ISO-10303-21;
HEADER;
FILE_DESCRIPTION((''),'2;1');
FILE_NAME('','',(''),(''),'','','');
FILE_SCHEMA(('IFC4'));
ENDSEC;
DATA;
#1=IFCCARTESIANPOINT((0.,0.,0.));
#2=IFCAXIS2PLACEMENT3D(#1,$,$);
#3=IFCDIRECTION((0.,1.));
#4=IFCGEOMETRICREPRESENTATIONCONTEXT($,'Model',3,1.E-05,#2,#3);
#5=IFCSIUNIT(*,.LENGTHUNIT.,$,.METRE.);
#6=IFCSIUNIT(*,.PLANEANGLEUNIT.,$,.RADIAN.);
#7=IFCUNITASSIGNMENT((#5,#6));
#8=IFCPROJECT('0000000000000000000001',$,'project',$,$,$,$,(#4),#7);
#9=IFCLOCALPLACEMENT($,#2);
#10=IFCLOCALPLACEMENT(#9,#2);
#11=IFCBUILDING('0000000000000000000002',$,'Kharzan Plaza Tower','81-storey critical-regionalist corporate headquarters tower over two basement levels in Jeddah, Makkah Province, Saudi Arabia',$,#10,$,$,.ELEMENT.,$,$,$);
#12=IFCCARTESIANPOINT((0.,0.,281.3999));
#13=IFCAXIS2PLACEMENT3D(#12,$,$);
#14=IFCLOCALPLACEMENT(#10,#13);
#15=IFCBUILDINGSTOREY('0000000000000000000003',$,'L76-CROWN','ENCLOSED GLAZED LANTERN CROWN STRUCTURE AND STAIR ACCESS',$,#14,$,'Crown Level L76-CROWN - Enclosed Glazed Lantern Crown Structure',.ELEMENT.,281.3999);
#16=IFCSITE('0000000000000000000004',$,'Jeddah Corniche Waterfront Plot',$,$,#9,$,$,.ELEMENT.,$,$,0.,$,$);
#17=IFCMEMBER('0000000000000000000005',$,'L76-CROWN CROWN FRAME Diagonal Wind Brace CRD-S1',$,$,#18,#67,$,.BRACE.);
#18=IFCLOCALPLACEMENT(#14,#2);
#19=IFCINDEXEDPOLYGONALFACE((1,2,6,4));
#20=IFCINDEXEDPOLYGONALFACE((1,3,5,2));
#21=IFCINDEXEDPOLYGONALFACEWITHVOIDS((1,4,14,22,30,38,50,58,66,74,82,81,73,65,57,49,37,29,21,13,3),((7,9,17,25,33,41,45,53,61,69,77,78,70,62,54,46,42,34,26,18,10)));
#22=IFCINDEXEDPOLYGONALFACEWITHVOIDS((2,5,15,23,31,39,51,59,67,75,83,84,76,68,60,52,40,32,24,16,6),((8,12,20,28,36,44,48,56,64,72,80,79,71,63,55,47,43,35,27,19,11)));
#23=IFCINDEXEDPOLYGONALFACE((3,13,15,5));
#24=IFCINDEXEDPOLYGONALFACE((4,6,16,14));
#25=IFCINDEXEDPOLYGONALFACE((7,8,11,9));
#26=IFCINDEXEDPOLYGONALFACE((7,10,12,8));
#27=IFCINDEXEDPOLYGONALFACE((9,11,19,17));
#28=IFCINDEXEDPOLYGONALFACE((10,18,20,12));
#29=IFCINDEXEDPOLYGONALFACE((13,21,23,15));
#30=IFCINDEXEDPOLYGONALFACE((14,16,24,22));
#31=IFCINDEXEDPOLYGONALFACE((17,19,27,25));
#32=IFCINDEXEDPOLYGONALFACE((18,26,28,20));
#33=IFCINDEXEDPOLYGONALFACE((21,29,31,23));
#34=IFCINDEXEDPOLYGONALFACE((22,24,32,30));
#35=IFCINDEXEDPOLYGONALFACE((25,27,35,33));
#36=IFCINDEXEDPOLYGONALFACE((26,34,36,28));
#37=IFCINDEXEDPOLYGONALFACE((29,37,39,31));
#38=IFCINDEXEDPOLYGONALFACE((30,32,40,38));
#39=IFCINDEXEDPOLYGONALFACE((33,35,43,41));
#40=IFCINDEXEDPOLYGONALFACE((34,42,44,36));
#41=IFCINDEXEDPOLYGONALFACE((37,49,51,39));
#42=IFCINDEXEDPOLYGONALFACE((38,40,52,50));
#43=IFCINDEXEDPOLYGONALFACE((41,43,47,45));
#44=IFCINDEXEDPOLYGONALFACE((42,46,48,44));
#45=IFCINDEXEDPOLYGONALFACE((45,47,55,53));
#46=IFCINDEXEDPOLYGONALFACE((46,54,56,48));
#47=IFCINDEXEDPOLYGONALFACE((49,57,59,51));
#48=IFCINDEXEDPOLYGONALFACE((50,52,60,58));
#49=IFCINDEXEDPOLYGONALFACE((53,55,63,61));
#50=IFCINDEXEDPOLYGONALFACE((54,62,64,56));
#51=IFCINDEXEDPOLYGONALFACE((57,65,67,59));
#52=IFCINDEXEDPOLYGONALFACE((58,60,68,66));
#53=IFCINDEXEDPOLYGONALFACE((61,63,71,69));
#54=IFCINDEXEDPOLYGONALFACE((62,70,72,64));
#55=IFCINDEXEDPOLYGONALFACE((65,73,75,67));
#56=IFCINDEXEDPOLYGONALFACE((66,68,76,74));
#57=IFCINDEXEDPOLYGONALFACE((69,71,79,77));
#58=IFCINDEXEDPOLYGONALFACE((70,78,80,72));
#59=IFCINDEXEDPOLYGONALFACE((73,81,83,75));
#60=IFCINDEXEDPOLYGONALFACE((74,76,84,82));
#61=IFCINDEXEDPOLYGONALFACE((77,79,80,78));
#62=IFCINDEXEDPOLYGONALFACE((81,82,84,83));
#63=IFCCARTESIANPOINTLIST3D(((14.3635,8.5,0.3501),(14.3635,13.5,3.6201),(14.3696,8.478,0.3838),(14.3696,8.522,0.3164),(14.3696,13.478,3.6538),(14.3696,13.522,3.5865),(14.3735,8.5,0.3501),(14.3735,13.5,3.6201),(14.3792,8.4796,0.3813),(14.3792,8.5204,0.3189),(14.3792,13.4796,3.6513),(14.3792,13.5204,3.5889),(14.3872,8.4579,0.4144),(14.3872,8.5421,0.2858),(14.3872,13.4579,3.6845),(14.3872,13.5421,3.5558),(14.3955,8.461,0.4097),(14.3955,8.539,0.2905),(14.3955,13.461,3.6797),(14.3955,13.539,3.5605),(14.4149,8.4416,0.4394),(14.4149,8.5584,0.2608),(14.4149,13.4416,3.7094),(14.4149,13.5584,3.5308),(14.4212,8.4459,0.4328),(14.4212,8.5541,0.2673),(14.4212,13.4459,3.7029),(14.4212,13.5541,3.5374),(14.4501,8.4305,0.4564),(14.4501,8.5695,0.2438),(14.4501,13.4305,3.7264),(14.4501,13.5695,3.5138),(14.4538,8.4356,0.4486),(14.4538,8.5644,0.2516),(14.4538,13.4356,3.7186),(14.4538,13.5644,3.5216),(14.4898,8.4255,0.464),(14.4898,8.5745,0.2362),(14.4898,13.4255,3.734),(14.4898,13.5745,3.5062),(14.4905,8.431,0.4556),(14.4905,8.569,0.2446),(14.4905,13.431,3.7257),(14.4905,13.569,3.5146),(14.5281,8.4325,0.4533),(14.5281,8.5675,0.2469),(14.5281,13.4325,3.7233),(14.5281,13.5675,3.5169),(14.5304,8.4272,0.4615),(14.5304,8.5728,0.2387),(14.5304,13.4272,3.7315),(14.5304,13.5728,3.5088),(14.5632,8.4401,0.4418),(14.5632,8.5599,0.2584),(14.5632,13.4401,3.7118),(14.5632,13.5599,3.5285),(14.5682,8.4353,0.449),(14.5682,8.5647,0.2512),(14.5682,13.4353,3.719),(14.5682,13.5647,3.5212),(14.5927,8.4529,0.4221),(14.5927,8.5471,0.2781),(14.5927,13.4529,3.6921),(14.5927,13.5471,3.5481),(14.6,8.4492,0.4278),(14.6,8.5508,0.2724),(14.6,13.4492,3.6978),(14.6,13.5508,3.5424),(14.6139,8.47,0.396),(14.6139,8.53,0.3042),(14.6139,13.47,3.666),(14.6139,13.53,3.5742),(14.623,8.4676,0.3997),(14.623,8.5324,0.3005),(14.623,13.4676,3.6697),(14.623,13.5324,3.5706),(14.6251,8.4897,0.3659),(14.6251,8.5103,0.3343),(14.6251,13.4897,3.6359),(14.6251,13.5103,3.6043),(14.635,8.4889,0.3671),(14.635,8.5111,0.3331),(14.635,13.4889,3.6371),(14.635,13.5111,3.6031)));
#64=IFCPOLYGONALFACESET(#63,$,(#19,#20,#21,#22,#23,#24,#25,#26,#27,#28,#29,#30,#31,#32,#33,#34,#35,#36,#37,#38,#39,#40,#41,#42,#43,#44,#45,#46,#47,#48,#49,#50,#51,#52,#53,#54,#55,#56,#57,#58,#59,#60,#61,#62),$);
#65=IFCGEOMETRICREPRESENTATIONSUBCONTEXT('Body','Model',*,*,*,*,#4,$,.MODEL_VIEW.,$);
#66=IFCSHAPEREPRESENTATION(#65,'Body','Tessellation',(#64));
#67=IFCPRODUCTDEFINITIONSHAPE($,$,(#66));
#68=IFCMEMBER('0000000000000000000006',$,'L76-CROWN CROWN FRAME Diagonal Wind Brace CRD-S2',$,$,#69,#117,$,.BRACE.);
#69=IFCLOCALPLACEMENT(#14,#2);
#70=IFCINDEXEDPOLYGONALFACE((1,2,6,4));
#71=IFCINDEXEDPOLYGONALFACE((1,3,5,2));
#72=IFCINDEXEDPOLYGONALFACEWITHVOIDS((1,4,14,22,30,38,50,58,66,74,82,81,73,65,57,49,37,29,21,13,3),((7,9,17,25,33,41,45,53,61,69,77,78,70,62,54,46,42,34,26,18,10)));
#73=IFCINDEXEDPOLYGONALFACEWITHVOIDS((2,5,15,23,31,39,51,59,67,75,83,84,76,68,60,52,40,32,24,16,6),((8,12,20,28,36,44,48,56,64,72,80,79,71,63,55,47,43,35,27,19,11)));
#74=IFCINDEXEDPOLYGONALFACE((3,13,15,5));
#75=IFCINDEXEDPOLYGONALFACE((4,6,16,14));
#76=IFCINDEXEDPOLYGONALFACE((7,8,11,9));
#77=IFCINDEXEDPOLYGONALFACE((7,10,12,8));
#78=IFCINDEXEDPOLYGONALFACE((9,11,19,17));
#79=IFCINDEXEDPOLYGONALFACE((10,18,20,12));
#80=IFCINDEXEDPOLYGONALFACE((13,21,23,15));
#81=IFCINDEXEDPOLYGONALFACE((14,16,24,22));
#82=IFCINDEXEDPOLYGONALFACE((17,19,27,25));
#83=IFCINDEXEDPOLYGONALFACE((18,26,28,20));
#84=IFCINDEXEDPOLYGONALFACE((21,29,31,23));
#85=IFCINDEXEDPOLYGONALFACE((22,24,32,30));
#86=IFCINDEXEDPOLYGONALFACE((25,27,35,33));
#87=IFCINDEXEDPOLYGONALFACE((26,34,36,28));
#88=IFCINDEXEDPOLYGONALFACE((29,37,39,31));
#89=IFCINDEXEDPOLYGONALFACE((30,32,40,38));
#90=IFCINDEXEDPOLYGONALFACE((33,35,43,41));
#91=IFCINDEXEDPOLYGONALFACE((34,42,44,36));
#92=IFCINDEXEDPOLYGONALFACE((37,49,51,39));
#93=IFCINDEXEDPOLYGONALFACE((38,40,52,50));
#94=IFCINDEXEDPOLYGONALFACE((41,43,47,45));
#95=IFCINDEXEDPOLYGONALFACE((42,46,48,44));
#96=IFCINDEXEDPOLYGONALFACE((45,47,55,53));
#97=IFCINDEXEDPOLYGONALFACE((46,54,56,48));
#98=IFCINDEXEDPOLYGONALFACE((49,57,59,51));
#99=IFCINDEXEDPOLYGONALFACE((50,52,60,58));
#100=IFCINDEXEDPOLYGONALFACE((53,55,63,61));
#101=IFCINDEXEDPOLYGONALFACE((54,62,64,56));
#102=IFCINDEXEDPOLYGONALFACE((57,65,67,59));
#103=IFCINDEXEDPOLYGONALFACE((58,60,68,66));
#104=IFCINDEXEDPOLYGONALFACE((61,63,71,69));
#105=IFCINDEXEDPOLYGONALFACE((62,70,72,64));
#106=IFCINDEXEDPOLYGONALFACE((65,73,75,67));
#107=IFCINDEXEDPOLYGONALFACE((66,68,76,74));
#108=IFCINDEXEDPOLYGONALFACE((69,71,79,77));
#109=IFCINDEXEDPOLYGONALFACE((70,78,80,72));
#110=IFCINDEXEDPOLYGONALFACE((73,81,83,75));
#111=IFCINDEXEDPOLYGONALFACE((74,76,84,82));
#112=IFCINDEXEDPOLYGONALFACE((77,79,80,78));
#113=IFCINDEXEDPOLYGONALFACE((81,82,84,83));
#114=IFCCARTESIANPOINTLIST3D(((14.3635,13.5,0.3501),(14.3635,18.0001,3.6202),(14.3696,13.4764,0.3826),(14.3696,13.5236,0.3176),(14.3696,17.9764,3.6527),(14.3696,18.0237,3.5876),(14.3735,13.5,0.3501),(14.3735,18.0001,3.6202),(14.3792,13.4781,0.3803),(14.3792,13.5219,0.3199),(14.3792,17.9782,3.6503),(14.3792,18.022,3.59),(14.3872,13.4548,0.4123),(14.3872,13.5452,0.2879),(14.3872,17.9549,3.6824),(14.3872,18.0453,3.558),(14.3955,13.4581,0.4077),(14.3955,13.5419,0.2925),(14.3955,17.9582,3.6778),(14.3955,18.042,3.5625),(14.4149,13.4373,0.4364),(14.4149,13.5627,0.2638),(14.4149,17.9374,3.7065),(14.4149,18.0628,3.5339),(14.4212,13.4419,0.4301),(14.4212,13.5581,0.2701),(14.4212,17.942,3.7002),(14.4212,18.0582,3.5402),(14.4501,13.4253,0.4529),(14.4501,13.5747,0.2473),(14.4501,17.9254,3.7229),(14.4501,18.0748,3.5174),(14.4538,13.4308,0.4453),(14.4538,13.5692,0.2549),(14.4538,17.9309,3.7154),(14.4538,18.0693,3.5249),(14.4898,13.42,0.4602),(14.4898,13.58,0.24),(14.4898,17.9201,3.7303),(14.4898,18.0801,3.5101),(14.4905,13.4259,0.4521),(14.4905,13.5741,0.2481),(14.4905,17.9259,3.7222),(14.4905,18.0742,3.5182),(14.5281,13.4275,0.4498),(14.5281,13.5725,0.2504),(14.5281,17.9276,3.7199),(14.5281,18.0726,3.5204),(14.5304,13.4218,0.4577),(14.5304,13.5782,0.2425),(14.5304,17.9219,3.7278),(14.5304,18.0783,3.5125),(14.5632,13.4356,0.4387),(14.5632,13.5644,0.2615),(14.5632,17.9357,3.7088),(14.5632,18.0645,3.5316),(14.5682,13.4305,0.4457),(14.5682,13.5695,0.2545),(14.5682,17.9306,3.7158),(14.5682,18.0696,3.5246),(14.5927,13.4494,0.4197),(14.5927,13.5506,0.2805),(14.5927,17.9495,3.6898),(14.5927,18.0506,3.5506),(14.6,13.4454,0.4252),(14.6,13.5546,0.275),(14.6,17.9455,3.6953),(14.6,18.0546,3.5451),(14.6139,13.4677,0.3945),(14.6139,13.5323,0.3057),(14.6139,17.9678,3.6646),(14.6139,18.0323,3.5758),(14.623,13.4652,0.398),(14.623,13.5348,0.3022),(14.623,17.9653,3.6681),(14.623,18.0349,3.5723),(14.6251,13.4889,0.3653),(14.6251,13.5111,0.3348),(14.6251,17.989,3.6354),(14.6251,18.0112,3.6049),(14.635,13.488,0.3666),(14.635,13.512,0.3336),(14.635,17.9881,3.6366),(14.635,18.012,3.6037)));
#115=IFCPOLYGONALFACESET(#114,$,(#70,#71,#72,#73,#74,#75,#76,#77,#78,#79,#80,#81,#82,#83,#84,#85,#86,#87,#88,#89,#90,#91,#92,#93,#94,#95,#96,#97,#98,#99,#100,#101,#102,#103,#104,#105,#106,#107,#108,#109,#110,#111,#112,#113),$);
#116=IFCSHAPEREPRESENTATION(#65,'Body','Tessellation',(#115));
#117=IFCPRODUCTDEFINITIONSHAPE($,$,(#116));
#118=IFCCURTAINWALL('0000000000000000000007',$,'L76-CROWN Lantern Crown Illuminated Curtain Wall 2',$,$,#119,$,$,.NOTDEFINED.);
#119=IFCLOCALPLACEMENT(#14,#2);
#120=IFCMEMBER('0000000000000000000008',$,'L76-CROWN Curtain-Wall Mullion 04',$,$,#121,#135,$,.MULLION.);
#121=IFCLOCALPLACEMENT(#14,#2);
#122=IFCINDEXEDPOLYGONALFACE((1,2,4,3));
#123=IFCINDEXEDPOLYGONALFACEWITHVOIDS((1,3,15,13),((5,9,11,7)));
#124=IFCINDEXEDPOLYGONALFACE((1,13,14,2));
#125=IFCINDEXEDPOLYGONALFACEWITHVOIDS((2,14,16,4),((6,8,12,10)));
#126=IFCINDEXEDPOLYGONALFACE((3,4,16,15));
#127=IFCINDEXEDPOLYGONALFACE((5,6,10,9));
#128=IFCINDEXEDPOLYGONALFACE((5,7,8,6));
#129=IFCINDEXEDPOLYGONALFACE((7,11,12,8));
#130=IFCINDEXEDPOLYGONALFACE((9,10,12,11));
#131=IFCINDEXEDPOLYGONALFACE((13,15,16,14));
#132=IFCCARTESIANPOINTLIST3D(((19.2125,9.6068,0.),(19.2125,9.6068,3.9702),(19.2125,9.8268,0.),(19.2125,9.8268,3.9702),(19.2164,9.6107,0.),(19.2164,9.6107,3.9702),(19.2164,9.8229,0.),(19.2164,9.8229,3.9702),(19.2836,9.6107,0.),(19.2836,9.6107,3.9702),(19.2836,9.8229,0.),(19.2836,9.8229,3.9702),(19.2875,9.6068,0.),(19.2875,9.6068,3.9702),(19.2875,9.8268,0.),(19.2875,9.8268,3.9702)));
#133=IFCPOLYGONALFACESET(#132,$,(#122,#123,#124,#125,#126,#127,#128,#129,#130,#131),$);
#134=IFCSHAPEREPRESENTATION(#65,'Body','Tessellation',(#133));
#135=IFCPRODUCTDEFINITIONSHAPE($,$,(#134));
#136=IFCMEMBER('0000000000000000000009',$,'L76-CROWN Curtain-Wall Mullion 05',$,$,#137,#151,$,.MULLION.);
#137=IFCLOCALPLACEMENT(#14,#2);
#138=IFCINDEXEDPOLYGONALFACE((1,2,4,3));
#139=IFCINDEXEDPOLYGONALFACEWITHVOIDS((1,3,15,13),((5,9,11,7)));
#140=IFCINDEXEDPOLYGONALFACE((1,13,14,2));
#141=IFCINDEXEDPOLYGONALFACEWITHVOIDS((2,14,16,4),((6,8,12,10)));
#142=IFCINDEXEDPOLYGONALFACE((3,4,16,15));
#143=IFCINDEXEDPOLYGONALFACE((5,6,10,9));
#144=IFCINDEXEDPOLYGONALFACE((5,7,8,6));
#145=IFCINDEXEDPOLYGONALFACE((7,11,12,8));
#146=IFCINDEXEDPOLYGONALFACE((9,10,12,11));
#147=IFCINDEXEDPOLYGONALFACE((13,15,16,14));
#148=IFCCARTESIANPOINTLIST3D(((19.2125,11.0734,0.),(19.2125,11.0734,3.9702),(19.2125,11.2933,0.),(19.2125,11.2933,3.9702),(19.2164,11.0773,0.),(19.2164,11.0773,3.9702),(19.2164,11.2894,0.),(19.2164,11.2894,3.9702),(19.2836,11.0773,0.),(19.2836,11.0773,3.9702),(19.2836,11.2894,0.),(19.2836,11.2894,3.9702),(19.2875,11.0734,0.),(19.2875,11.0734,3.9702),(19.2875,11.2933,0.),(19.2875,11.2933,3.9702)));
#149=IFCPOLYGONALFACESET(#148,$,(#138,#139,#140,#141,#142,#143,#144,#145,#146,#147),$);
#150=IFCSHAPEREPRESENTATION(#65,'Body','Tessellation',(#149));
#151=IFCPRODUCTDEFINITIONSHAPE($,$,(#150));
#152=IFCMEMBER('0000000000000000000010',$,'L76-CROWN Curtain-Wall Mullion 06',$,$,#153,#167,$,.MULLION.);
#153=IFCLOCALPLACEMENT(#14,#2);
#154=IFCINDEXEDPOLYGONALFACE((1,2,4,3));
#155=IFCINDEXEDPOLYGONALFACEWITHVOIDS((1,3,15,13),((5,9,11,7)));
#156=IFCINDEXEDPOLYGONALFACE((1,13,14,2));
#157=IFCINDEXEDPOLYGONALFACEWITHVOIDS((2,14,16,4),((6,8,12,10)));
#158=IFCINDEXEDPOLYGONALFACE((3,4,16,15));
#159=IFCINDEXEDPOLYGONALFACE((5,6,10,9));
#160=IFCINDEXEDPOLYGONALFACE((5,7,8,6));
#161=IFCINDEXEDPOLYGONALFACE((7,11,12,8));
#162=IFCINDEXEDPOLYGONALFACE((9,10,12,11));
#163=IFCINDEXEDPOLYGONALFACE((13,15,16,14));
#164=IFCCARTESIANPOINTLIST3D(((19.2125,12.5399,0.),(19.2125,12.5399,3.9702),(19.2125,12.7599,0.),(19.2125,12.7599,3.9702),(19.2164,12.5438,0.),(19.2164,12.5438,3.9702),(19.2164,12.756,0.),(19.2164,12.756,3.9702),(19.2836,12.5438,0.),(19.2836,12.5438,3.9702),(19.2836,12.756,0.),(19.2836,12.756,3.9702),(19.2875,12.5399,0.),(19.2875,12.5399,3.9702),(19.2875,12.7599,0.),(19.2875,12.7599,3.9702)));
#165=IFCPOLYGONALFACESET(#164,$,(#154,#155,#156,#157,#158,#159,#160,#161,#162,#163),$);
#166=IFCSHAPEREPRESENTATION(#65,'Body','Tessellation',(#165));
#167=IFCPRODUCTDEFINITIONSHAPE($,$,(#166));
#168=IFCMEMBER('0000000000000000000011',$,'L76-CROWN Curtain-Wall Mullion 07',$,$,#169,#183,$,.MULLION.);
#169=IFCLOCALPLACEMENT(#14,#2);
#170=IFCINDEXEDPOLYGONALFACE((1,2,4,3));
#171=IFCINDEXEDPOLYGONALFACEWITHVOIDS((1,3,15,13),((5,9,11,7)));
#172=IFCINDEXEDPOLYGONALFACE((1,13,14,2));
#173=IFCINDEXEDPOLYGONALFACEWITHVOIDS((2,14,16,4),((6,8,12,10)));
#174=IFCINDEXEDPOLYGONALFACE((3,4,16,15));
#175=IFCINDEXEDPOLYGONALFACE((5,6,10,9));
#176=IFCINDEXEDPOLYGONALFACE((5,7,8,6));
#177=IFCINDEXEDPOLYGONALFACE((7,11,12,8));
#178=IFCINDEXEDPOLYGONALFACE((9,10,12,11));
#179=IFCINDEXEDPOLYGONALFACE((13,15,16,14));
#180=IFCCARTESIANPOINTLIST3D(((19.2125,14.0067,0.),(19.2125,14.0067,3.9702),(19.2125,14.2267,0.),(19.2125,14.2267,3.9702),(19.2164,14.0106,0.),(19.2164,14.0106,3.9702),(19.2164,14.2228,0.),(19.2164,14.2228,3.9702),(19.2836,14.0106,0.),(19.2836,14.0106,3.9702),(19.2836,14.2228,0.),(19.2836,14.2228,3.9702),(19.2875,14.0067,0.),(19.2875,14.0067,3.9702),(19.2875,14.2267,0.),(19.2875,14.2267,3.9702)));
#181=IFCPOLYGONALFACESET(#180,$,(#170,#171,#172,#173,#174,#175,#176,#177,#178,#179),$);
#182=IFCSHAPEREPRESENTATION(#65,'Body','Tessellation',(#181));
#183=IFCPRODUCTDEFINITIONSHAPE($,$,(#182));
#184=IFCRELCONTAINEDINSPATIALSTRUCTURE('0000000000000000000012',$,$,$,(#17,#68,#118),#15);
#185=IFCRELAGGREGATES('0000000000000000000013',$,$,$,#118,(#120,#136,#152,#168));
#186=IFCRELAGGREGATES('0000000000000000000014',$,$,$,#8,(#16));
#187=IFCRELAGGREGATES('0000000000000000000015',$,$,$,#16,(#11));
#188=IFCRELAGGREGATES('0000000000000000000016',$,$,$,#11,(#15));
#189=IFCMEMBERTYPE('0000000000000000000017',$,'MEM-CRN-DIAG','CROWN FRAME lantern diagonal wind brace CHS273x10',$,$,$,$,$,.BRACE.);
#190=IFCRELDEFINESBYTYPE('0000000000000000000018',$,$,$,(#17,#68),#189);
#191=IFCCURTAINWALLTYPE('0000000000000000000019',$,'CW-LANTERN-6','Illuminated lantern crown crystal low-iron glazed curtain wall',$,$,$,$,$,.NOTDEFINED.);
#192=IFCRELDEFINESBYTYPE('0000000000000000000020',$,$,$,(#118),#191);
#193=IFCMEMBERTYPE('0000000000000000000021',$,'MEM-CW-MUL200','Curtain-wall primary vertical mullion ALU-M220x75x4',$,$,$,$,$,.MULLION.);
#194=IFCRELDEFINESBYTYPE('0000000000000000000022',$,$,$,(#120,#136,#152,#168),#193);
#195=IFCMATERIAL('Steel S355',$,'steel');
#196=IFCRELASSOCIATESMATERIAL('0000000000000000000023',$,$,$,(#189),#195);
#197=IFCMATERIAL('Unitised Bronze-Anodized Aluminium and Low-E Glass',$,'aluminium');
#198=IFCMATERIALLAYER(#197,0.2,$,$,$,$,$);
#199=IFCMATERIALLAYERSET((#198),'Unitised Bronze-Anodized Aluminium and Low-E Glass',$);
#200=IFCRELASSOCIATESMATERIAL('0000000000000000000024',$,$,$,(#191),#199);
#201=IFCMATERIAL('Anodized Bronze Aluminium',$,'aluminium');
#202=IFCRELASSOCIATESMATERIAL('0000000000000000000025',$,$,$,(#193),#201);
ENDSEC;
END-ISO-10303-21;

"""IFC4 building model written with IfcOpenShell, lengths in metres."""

from ifc_helpers import new_model, si_unit, direction, frame, origin, origin_2d, place, context, subcontext, project, spatial, hollow_rectangle, hollow_circle, extrude, source, transform, mapped, material, layer, layer_set, material_profile, profile_set, type_object, element, aggregate, save


model = new_model("IFC4")

# Units and contexts
model_context = context("Model", 3, precision=1e-05, world=origin(), true_north=direction((0.0, 1.0)))
body_context = subcontext(model_context, "Body", "Model", "MODEL_VIEW")
ifc_project = project(units=[si_unit("LENGTHUNIT", "METRE"), si_unit("PLANEANGLEUNIT", "RADIAN")], contexts=[model_context])

# Site, building, storey
site_placement = place(None, origin())
site = spatial("IfcSite", under=ifc_project, at=site_placement, Name="Jeddah Corniche Waterfront Plot", CompositionType="ELEMENT", RefElevation=0.0)
building_placement = place(site_placement, origin())
building = spatial("IfcBuilding", under=site, at=building_placement, Name="Kharzan Plaza Tower", Description="81-storey critical-regionalist corporate headquarters tower over two basement levels in Jeddah, Makkah Province, Saudi Arabia", CompositionType="ELEMENT")
storey_placement = place(building_placement, frame((0.0, 0.0, 281.3999)))
storey = spatial("IfcBuildingStorey", under=building, at=storey_placement, Name="L76-CROWN", Description="ENCLOSED GLAZED LANTERN CROWN STRUCTURE AND STAIR ACCESS", LongName="Crown Level L76-CROWN - Enclosed Glazed Lantern Crown Structure", CompositionType="ELEMENT", Elevation=281.3999)

# Shared definitions
ifc_material_1 = material(Name="Steel S355", Category="steel")

# Members
ifc_material_profile_1 = material_profile(ifc_material_1, hollow_circle(Radius=0.1365, WallThickness=0.01, at=origin_2d()), Name="CHS273x10")
ifc_profile_set_1 = profile_set([ifc_material_profile_1], Name="Steel S355")
member_type_1 = type_object("IfcMemberType", Name="MEM-CRN-DIAG", Description="CROWN FRAME lantern diagonal wind brace CHS273x10", PredefinedType="BRACE", material=ifc_profile_set_1)
shared_shape_1 = source(origin(), body_context, "Body", "SweptSolid", [
    extrude(hollow_circle(Radius=0.1365, WallThickness=0.01, at=origin_2d()), origin(), (0.0, 0.0, 1.0), 5.9744),
])
member_1_placement = place(storey_placement, frame((14.5, 8.5, 0.3501), z_axis=(0.0, 0.836909, 0.547342), x_axis=(-1.0, 0.0, 0.0)))
element("IfcMember", 1, at=member_1_placement, inside=storey, type_object=member_type_1, Name="L76-CROWN CROWN FRAME Diagonal Wind Brace CRD-S1", PredefinedType="BRACE", context=body_context, shape_type="MappedRepresentation", body=[
    mapped(shared_shape_1, transform((0.0, 0.0, 0.0), x_axis=(1.0, 0.0, 0.0), y_axis=(0.0, 1.0, 0.0), z_axis=(0.0, 0.0, 1.0))),
])
shared_shape_2 = source(origin(), body_context, "Body", "SweptSolid", [
    extrude(hollow_circle(Radius=0.1365, WallThickness=0.01, at=origin_2d()), origin(), (0.0, 0.0, 1.0), 5.5627),
])
member_2_placement = place(storey_placement, frame((14.5, 13.5, 0.3501), z_axis=(0.0, 0.808968, 0.587853), x_axis=(-1.0, 0.0, 0.0)))
element("IfcMember", 2, at=member_2_placement, inside=storey, type_object=member_type_1, Name="L76-CROWN CROWN FRAME Diagonal Wind Brace CRD-S2", PredefinedType="BRACE", context=body_context, shape_type="MappedRepresentation", body=[
    mapped(shared_shape_2, transform((0.0, 0.0, 0.0), x_axis=(1.0, 0.0, 0.0), y_axis=(0.0, 1.0, 0.0), z_axis=(0.0, 0.0, 1.0))),
])

# Curtain wall, members
ifc_material_2 = material(Name="Unitised Bronze-Anodized Aluminium and Low-E Glass", Category="aluminium")
ifc_layer_1 = layer(ifc_material_2, 0.2)
ifc_layer_set_1 = layer_set([ifc_layer_1], Name="Unitised Bronze-Anodized Aluminium and Low-E Glass")
curtain_wall_type = type_object("IfcCurtainWallType", Name="CW-LANTERN-6", Description="Illuminated lantern crown crystal low-iron glazed curtain wall", PredefinedType="NOTDEFINED", material=ifc_layer_set_1)
curtain_wall_placement = place(storey_placement, origin())
curtain_wall = element("IfcCurtainWall", 3, at=curtain_wall_placement, inside=storey, type_object=curtain_wall_type, Name="L76-CROWN Lantern Crown Illuminated Curtain Wall 2", PredefinedType="NOTDEFINED")
ifc_material_3 = material(Name="Anodized Bronze Aluminium", Category="aluminium")
ifc_material_profile_2 = material_profile(ifc_material_3, hollow_rectangle(XDim=0.075, YDim=0.22, WallThickness=0.0039, at=origin_2d()), Name="ALU-M220x75x4")
ifc_profile_set_2 = profile_set([ifc_material_profile_2], Name="Anodized Bronze Aluminium")
member_type_2 = type_object("IfcMemberType", Name="MEM-CW-MUL200", Description="Curtain-wall primary vertical mullion ALU-M220x75x4", PredefinedType="MULLION", material=ifc_profile_set_2)
shared_shape_3 = source(origin(), body_context, "Body", "SweptSolid", [
    extrude(hollow_rectangle(XDim=0.075, YDim=0.22, WallThickness=0.0039, at=origin_2d()), origin(), (0.0, 0.0, 1.0), 3.9702),
])
member_3_placement = place(storey_placement, frame((19.25, 9.7168, 0.0), z_axis=(0.0, 0.0, 1.0), x_axis=(1.0, 0.0, 0.0)))
member_3 = element("IfcMember", 4, at=member_3_placement, type_object=member_type_2, Name="L76-CROWN Curtain-Wall Mullion 04", PredefinedType="MULLION", context=body_context, shape_type="MappedRepresentation", body=[
    mapped(shared_shape_3, transform((0.0, 0.0, 0.0), x_axis=(1.0, 0.0, 0.0), y_axis=(0.0, 1.0, 0.0), z_axis=(0.0, 0.0, 1.0))),
])
member_4_placement = place(storey_placement, frame((19.25, 11.1833, 0.0), z_axis=(0.0, 0.0, 1.0), x_axis=(1.0, 0.0, 0.0)))
member_4 = element("IfcMember", 5, at=member_4_placement, type_object=member_type_2, Name="L76-CROWN Curtain-Wall Mullion 05", PredefinedType="MULLION", context=body_context, shape_type="MappedRepresentation", body=[
    mapped(shared_shape_3, transform((0.0, 0.0, 0.0), x_axis=(1.0, 0.0, 0.0), y_axis=(0.0, 1.0, 0.0), z_axis=(0.0, 0.0, 1.0))),
])
member_5_placement = place(storey_placement, frame((19.25, 12.6499, 0.0), z_axis=(0.0, 0.0, 1.0), x_axis=(1.0, 0.0, 0.0)))
member_5 = element("IfcMember", 6, at=member_5_placement, type_object=member_type_2, Name="L76-CROWN Curtain-Wall Mullion 06", PredefinedType="MULLION", context=body_context, shape_type="MappedRepresentation", body=[
    mapped(shared_shape_3, transform((0.0, 0.0, 0.0), x_axis=(1.0, 0.0, 0.0), y_axis=(0.0, 1.0, 0.0), z_axis=(0.0, 0.0, 1.0))),
])
member_6_placement = place(storey_placement, frame((19.25, 14.1167, 0.0), z_axis=(0.0, 0.0, 1.0), x_axis=(1.0, 0.0, 0.0)))
member_6 = element("IfcMember", 7, at=member_6_placement, type_object=member_type_2, Name="L76-CROWN Curtain-Wall Mullion 07", PredefinedType="MULLION", context=body_context, shape_type="MappedRepresentation", body=[
    mapped(shared_shape_3, transform((0.0, 0.0, 0.0), x_axis=(1.0, 0.0, 0.0), y_axis=(0.0, 1.0, 0.0), z_axis=(0.0, 0.0, 1.0))),
])
aggregate(curtain_wall, [member_3, member_4, member_5, member_6])

save(model, "model.ifc")
